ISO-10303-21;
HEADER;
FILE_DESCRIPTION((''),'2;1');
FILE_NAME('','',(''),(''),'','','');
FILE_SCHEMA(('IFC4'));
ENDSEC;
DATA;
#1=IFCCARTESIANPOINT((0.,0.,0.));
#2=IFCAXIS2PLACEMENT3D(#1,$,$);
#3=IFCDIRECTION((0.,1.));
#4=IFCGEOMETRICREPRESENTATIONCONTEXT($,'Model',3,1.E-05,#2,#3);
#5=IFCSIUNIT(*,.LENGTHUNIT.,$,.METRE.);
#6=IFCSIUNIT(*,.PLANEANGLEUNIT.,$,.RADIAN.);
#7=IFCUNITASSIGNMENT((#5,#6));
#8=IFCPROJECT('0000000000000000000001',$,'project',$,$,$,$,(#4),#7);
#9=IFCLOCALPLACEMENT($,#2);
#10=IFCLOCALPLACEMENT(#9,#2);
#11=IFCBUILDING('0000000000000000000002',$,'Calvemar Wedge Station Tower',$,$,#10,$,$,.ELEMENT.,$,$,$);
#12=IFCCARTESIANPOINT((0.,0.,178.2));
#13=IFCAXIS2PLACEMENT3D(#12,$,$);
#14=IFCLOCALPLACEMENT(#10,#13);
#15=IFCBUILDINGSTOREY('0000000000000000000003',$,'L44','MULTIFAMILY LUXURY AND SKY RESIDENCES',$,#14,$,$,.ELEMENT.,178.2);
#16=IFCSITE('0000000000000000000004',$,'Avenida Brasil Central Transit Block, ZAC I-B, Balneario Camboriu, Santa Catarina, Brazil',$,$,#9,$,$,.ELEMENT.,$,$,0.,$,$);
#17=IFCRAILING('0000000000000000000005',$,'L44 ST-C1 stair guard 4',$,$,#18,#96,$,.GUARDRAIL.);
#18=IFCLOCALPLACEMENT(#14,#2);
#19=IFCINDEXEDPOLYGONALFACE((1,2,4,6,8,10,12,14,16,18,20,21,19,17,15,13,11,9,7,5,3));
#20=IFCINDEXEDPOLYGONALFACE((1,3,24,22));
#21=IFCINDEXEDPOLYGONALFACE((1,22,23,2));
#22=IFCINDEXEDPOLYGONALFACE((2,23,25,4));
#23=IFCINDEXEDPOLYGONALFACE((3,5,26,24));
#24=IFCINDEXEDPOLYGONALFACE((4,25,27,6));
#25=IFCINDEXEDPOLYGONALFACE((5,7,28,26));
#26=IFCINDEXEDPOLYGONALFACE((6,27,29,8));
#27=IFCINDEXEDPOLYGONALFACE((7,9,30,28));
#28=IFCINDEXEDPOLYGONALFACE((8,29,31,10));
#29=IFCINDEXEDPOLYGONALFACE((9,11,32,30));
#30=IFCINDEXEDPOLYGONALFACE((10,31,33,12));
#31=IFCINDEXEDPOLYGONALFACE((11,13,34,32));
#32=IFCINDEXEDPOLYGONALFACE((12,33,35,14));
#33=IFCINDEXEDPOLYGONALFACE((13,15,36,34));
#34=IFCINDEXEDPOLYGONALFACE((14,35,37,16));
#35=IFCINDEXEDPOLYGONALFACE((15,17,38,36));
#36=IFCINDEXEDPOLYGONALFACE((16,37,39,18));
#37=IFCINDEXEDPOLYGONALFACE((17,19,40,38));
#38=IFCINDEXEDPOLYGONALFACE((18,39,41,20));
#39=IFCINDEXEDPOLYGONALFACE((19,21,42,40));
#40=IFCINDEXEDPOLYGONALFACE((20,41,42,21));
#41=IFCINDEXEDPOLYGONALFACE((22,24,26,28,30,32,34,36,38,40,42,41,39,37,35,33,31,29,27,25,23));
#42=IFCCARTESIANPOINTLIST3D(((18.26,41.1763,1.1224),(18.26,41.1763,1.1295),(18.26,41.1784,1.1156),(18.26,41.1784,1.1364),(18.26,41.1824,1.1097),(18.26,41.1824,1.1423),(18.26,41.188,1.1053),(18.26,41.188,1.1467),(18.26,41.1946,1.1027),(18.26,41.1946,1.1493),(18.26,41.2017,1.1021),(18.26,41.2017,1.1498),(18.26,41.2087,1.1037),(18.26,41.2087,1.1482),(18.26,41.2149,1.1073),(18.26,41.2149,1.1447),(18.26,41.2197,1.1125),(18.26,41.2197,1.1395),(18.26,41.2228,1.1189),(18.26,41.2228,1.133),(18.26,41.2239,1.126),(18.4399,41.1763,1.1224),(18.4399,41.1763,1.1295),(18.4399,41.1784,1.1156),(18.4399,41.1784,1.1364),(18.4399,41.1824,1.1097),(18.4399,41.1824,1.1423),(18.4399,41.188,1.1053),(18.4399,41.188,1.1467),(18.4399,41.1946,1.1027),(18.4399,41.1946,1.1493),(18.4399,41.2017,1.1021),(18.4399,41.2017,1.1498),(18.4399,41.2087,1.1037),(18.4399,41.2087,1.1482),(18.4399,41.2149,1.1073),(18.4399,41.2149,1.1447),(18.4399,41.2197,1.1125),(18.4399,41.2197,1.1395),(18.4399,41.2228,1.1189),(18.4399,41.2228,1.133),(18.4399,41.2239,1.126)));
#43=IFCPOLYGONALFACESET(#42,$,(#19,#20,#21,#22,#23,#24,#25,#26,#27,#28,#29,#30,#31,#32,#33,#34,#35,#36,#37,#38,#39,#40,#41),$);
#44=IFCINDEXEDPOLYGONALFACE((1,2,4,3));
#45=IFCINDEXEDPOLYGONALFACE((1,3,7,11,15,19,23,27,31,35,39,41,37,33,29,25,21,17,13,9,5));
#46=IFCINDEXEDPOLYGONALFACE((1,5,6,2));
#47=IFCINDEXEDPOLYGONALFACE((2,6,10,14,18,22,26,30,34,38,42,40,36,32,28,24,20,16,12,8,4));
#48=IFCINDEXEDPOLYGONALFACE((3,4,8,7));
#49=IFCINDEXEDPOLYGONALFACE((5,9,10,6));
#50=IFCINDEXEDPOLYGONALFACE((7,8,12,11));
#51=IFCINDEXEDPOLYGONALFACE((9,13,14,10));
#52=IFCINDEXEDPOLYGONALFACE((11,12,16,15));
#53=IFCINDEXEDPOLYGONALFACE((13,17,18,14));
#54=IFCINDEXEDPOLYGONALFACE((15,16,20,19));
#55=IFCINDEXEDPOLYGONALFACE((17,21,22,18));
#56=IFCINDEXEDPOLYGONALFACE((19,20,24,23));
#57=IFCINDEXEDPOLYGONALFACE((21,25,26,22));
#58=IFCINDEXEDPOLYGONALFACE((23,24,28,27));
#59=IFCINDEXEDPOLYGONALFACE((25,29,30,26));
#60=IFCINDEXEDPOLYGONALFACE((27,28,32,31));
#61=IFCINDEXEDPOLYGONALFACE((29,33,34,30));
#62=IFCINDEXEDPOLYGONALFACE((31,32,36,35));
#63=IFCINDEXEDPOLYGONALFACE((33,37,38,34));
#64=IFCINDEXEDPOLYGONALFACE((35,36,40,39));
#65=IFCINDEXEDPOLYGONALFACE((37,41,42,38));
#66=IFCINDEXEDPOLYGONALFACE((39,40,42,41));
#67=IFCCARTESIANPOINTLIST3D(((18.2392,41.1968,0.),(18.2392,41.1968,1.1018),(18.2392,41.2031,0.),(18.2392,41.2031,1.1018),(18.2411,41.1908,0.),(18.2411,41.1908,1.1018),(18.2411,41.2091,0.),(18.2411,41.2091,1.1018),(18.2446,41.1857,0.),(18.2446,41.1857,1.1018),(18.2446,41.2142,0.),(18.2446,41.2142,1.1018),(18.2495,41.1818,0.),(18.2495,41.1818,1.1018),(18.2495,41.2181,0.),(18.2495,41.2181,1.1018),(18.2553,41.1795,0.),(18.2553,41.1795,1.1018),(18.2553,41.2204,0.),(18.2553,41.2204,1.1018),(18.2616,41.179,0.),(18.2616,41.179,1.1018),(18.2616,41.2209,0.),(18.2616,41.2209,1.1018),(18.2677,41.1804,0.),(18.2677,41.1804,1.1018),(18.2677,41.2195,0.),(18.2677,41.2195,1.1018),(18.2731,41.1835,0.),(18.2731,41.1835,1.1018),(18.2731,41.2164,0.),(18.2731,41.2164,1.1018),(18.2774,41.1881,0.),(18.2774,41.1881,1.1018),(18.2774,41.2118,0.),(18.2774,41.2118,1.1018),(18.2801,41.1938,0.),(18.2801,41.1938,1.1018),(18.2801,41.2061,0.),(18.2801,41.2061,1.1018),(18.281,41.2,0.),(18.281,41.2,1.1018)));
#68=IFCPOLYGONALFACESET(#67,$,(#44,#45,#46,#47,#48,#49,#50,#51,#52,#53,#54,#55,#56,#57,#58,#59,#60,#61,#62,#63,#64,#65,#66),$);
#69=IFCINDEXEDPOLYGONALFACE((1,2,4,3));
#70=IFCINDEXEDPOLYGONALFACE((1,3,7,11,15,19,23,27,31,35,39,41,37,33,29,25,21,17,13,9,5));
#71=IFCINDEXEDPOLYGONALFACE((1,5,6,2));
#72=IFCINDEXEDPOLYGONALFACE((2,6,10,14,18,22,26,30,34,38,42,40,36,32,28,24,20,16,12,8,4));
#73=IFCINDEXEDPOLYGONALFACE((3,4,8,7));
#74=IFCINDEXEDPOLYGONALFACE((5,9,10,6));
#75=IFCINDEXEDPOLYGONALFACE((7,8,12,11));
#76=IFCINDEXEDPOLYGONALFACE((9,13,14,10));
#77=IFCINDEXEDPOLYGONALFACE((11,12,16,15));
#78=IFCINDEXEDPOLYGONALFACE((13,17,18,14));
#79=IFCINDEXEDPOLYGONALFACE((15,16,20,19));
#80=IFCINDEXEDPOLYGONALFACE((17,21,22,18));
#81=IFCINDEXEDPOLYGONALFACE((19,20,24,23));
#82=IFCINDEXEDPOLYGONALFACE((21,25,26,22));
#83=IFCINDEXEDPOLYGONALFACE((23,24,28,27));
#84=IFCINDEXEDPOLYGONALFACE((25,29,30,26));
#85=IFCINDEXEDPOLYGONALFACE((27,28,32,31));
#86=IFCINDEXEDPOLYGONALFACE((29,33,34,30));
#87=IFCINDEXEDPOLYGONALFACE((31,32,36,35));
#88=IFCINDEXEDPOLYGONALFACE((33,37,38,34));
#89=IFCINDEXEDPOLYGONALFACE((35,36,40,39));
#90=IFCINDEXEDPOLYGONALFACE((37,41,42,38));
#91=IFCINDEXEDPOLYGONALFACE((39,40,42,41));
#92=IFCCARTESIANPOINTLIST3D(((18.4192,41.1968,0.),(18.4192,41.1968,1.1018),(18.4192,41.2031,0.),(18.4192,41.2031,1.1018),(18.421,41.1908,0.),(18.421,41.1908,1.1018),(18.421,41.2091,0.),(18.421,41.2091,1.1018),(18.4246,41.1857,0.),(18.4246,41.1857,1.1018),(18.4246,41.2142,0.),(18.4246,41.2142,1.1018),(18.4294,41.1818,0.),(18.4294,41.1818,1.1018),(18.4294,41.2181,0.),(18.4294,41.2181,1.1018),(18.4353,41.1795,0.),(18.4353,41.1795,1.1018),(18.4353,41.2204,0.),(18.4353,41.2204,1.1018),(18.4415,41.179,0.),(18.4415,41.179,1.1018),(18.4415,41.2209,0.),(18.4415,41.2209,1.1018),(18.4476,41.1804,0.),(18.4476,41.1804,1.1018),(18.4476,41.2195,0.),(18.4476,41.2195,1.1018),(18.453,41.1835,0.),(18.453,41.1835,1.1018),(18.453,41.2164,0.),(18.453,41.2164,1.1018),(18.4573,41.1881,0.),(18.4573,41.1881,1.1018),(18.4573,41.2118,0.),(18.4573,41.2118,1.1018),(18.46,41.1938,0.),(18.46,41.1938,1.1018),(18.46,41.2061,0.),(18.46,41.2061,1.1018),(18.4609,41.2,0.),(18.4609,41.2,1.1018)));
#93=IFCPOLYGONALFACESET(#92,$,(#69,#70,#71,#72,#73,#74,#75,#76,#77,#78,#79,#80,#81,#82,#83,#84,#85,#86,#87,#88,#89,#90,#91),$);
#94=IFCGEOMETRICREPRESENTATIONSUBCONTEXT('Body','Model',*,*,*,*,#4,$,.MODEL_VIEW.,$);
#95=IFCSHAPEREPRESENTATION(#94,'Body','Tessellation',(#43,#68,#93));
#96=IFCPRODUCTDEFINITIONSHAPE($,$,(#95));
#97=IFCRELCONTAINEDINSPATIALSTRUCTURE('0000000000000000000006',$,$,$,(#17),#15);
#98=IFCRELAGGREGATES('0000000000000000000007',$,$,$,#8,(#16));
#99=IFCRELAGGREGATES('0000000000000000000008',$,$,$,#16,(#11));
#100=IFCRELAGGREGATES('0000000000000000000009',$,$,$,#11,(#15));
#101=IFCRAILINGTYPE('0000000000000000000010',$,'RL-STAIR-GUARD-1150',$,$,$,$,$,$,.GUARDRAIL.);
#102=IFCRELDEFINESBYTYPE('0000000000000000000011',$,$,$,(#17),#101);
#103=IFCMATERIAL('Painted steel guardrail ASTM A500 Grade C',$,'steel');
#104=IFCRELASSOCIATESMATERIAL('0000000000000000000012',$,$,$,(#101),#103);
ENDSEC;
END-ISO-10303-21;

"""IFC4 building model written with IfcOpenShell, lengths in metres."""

from ifc_helpers import new_model, si_unit, direction, frame, origin, origin_2d, place, context, subcontext, project, spatial, circle, extrude, material, type_object, element, save


model = new_model("IFC4")

# Units and contexts
model_context = context("Model", 3, precision=1e-05, world=origin(), true_north=direction((0.0, 1.0)))
body_context = subcontext(model_context, "Body", "Model", "MODEL_VIEW")
ifc_project = project(units=[si_unit("LENGTHUNIT", "METRE"), si_unit("PLANEANGLEUNIT", "RADIAN")], contexts=[model_context])

# Site, building, storey
site_placement = place(None, origin())
site = spatial("IfcSite", under=ifc_project, at=site_placement, Name="Avenida Brasil Central Transit Block, ZAC I-B, Balneario Camboriu, Santa Catarina, Brazil", CompositionType="ELEMENT", RefElevation=0.0)
building_placement = place(site_placement, origin())
building = spatial("IfcBuilding", under=site, at=building_placement, Name="Calvemar Wedge Station Tower", CompositionType="ELEMENT")
storey_placement = place(building_placement, frame((0.0, 0.0, 178.2)))
storey = spatial("IfcBuildingStorey", under=building, at=storey_placement, Name="L44", Description="MULTIFAMILY LUXURY AND SKY RESIDENCES", CompositionType="ELEMENT", Elevation=178.2)

# Railing
ifc_material_1 = material(Name="Painted steel guardrail ASTM A500 Grade C", Category="steel")
railing_type = type_object("IfcRailingType", Name="RL-STAIR-GUARD-1150", PredefinedType="GUARDRAIL", material=ifc_material_1)
railing_1_placement = place(storey_placement, frame((18.26, 41.2, 0.0)))
element("IfcRailing", 1, at=railing_1_placement, inside=storey, type_object=railing_type, Name="L44 ST-C1 stair guard 4", PredefinedType="GUARDRAIL", context=body_context, shape_type="SweptSolid", body=[
    extrude(circle(Radius=0.0239, at=origin_2d()), frame((0.0, 0.0, 1.126), z_axis=(1.0, 0.0, 0.0), x_axis=(0.0, 1.0, 0.0)), (0.0, 0.0, 1.0), 0.1799),
    extrude(circle(Radius=0.021, at=origin_2d()), origin(), (0.0, 0.0, 1.0), 1.1018),
    extrude(circle(Radius=0.021, at=origin_2d()), frame((0.1799, 0.0, 0.0)), (0.0, 0.0, 1.0), 1.1018),
])

save(model, "model.ifc")
